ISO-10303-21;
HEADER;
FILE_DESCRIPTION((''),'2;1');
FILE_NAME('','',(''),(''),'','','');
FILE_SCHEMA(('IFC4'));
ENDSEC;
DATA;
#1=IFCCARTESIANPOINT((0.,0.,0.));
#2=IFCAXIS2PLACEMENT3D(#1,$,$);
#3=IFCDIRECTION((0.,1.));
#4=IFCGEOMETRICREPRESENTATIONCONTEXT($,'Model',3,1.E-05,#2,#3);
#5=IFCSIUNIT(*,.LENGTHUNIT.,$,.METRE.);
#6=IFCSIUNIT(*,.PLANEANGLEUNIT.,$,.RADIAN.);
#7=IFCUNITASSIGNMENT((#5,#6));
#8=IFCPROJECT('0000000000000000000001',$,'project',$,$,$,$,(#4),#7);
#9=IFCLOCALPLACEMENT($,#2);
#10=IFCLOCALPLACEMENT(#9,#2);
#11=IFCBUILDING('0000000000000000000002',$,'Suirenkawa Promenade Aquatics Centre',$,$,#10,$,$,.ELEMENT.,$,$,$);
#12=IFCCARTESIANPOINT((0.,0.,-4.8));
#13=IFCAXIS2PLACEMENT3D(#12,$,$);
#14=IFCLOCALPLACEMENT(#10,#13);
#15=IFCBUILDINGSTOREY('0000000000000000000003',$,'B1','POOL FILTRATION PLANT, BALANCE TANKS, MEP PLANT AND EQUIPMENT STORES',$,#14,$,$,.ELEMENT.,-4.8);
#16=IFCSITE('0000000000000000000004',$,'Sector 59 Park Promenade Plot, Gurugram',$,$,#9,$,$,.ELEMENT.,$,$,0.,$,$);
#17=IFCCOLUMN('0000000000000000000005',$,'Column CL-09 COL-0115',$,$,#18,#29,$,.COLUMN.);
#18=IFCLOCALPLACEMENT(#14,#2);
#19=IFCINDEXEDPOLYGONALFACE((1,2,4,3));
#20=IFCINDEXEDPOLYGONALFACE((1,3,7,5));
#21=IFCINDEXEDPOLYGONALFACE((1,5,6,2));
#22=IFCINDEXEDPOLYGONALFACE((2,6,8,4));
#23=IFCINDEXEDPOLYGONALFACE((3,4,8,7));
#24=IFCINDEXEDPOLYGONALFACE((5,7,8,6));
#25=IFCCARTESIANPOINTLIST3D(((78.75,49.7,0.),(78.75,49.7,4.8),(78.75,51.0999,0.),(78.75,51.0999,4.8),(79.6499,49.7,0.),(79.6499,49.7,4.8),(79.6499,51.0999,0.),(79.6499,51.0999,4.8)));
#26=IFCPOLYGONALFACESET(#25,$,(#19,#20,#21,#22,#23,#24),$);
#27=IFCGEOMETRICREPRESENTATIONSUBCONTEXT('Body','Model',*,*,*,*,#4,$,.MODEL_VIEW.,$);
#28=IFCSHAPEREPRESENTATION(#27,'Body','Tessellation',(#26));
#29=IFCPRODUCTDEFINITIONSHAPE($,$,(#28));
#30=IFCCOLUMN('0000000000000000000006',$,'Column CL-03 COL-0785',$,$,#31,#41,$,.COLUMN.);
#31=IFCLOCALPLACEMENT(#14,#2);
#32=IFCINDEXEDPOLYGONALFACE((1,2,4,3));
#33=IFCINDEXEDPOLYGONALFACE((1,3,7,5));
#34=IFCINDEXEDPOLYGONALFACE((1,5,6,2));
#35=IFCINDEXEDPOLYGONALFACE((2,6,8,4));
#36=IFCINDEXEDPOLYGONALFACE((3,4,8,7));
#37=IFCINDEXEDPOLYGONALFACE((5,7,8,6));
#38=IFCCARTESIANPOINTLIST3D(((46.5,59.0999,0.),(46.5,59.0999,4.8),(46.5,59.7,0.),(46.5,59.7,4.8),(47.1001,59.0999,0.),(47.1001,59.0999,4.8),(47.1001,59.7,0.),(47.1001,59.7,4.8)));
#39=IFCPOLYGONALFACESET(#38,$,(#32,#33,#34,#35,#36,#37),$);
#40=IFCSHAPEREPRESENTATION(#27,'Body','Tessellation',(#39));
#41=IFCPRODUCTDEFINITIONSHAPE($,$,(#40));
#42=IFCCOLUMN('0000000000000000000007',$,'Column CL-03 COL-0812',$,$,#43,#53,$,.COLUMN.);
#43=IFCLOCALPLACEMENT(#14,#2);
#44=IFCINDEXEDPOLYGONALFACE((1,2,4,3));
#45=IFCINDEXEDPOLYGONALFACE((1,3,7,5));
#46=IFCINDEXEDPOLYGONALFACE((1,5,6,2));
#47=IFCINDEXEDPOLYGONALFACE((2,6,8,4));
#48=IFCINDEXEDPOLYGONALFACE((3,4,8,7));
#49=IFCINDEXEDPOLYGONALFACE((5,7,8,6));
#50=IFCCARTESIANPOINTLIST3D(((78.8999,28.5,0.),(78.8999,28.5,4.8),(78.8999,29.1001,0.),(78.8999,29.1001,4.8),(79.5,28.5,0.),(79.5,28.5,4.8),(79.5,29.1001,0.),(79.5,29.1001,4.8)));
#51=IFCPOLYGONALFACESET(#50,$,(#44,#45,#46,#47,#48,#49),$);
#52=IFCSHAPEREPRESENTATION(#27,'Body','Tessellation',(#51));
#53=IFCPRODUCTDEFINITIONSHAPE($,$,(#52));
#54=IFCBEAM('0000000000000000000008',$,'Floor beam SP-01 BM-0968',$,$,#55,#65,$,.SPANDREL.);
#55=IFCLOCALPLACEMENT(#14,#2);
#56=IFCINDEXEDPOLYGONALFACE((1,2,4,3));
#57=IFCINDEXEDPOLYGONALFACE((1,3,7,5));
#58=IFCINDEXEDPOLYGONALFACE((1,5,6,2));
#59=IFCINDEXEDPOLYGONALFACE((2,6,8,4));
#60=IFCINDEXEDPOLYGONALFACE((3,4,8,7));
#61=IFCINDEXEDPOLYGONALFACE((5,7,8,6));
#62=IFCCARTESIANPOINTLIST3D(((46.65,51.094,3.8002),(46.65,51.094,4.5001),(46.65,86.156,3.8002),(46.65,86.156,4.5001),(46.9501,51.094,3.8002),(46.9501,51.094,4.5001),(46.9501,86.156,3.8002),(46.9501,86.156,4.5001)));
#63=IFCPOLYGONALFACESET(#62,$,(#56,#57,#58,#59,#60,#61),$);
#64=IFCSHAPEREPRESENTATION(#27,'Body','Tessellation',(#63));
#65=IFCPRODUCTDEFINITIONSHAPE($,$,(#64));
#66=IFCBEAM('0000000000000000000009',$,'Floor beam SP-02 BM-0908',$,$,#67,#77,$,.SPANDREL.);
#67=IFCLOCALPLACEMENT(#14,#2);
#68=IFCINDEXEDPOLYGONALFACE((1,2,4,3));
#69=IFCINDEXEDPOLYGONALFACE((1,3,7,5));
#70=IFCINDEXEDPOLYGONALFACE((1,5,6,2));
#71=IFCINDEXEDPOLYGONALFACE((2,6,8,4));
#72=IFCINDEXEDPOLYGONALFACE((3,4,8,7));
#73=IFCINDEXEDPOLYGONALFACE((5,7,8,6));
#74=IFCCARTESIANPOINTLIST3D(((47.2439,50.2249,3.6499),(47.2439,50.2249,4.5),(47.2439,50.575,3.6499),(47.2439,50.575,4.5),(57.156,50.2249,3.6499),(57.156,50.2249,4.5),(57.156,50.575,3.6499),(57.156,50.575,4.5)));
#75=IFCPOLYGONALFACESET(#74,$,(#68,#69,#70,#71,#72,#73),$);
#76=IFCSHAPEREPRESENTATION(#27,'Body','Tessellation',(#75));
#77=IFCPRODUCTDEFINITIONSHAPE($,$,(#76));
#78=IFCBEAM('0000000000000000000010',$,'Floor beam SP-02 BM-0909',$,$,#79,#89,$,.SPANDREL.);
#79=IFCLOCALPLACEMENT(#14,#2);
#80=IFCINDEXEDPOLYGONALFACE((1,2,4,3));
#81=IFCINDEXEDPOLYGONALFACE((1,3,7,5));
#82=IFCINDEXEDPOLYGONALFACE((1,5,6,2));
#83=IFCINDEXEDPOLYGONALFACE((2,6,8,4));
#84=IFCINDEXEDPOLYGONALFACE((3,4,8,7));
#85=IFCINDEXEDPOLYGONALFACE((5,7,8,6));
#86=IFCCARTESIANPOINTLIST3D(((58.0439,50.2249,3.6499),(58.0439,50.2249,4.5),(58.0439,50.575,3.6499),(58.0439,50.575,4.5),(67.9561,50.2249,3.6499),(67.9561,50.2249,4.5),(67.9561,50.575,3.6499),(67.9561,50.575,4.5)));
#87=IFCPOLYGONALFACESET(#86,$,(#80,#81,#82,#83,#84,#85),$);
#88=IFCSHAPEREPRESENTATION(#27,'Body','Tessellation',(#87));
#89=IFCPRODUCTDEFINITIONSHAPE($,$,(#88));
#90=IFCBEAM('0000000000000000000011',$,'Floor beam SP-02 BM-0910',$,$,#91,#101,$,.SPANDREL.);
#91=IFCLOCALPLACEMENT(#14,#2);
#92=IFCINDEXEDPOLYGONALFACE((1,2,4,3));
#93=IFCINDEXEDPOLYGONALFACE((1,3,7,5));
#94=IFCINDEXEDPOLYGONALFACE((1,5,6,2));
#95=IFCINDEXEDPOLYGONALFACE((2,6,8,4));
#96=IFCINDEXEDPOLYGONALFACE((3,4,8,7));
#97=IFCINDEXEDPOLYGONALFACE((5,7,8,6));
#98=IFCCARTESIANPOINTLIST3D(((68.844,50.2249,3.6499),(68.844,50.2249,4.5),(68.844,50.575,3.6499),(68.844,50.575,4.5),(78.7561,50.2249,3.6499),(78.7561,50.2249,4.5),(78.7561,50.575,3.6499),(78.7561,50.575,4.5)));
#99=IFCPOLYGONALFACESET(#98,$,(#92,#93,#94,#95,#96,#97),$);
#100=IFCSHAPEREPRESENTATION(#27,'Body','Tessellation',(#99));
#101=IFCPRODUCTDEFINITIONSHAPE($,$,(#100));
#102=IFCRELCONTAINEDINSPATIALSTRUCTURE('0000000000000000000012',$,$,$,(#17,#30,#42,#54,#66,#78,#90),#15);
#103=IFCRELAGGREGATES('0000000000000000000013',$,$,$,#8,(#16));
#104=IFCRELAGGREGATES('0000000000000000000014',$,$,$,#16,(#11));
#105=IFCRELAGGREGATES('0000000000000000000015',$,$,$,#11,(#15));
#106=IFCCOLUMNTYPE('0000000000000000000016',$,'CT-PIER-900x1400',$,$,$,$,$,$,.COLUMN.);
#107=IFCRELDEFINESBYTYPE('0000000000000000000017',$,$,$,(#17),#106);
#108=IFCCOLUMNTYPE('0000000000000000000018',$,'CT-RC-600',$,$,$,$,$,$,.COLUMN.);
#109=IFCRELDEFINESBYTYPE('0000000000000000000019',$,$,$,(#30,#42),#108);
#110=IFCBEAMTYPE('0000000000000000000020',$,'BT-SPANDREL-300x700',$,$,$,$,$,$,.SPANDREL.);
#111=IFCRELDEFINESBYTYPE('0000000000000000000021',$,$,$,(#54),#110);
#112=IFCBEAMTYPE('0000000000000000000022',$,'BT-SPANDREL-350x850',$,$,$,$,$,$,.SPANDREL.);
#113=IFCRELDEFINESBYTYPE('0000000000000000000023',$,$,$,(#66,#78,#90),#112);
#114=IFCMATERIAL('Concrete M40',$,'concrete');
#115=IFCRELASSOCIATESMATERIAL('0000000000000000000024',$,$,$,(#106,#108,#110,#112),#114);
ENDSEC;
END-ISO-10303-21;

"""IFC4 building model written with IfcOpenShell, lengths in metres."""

from ifc_helpers import new_model, si_unit, direction, frame, origin, origin_2d, place, context, subcontext, project, spatial, rectangle, extrude, material, material_profile, profile_set, type_object, element, save


model = new_model("IFC4")

# Units and contexts
model_context = context("Model", 3, precision=1e-05, world=origin(), true_north=direction((0.0, 1.0)))
body_context = subcontext(model_context, "Body", "Model", "MODEL_VIEW")
ifc_project = project(units=[si_unit("LENGTHUNIT", "METRE"), si_unit("PLANEANGLEUNIT", "RADIAN")], contexts=[model_context])

# Site, building, storey
site_placement = place(None, origin())
site = spatial("IfcSite", under=ifc_project, at=site_placement, Name="Sector 59 Park Promenade Plot, Gurugram", CompositionType="ELEMENT", RefElevation=0.0)
building_placement = place(site_placement, origin())
building = spatial("IfcBuilding", under=site, at=building_placement, Name="Suirenkawa Promenade Aquatics Centre", CompositionType="ELEMENT")
storey_placement = place(building_placement, frame((0.0, 0.0, -4.8)))
storey = spatial("IfcBuildingStorey", under=building, at=storey_placement, Name="B1", Description="POOL FILTRATION PLANT, BALANCE TANKS, MEP PLANT AND EQUIPMENT STORES", CompositionType="ELEMENT", Elevation=-4.8)

# Columns
ifc_material_1 = material(Name="Concrete M40", Category="concrete")
ifc_material_profile_1 = material_profile(ifc_material_1, rectangle(XDim=0.8999, YDim=1.3999, at=origin_2d()), Name="RC PIER 900x1400", Category="concrete")
ifc_profile_set_1 = profile_set([ifc_material_profile_1], Name="Concrete M40")
column_type_1 = type_object("IfcColumnType", Name="CT-PIER-900x1400", PredefinedType="COLUMN", material=ifc_profile_set_1)
for number, where, z_axis, x_axis, name in (
    (1, (79.2, 50.3999, 0.0), (0.0, 0.0, 1.0), (1.0, 0.0, 0.0), "Column CL-09 COL-0115"),
):
    element("IfcColumn", number, at=place(storey_placement, frame(where, z_axis=z_axis, x_axis=x_axis)), inside=storey, type_object=column_type_1, Name=name, PredefinedType="COLUMN", context=body_context, shape_type="SweptSolid", body=[
        extrude(rectangle(XDim=0.8999, YDim=1.3999, at=origin_2d()), origin(), (0.0, 0.0, 1.0), 4.8),
    ])
ifc_material_profile_2 = material_profile(ifc_material_1, rectangle(XDim=0.6001, YDim=0.6001, at=origin_2d()), Name="RC COL 600x600", Category="concrete")
ifc_profile_set_2 = profile_set([ifc_material_profile_2], Name="Concrete M40")
column_type_2 = type_object("IfcColumnType", Name="CT-RC-600", PredefinedType="COLUMN", material=ifc_profile_set_2)
for number, where, z_axis, x_axis, name in (
    (2, (46.8, 59.3999, 0.0), (0.0, 0.0, 1.0), (1.0, 0.0, 0.0), "Column CL-03 COL-0785"),
    (3, (79.2, 28.8, 0.0), (0.0, 0.0, 1.0), (1.0, 0.0, 0.0), "Column CL-03 COL-0812"),
):
    element("IfcColumn", number, at=place(storey_placement, frame(where, z_axis=z_axis, x_axis=x_axis)), inside=storey, type_object=column_type_2, Name=name, PredefinedType="COLUMN", context=body_context, shape_type="SweptSolid", body=[
        extrude(rectangle(XDim=0.6001, YDim=0.6001, at=origin_2d()), origin(), (0.0, 0.0, 1.0), 4.8),
    ])

# Beams
ifc_material_profile_3 = material_profile(ifc_material_1, rectangle(XDim=0.3, YDim=0.7, at=origin_2d()), Name="RC SPANDREL 300x700", Category="concrete")
ifc_profile_set_3 = profile_set([ifc_material_profile_3], Name="Concrete M40")
beam_type_1 = type_object("IfcBeamType", Name="BT-SPANDREL-300x700", PredefinedType="SPANDREL", material=ifc_profile_set_3)
beam_placement = place(storey_placement, frame((46.8, 51.094, 4.1501), z_axis=(0.0, 1.0, 0.0), x_axis=(-1.0, 0.0, 0.0)))
element("IfcBeam", 4, at=beam_placement, inside=storey, type_object=beam_type_1, Name="Floor beam SP-01 BM-0968", PredefinedType="SPANDREL", context=body_context, shape_type="SweptSolid", body=[
    extrude(rectangle(XDim=0.3, YDim=0.7, at=origin_2d()), origin(), (0.0, 0.0, 1.0), 35.062),
])
ifc_material_profile_4 = material_profile(ifc_material_1, rectangle(XDim=0.3501, YDim=0.8501, at=origin_2d()), Name="RC SPANDREL 350x850", Category="concrete")
ifc_profile_set_4 = profile_set([ifc_material_profile_4], Name="Concrete M40")
beam_type_2 = type_object("IfcBeamType", Name="BT-SPANDREL-350x850", PredefinedType="SPANDREL", material=ifc_profile_set_4)
for number, where, z_axis, x_axis, name in (
    (5, (47.2439, 50.3999, 4.075), (1.0, 0.0, 0.0), (0.0, 1.0, 0.0), "Floor beam SP-02 BM-0908"),
    (6, (58.0439, 50.3999, 4.075), (1.0, 0.0, 0.0), (0.0, 1.0, 0.0), "Floor beam SP-02 BM-0909"),
    (7, (68.844, 50.3999, 4.075), (1.0, 0.0, 0.0), (0.0, 1.0, 0.0), "Floor beam SP-02 BM-0910"),
):
    element("IfcBeam", number, at=place(storey_placement, frame(where, z_axis=z_axis, x_axis=x_axis)), inside=storey, type_object=beam_type_2, Name=name, PredefinedType="SPANDREL", context=body_context, shape_type="SweptSolid", body=[
        extrude(rectangle(XDim=0.3501, YDim=0.8501, at=origin_2d()), origin(), (0.0, 0.0, 1.0), 9.9121),
    ])

save(model, "model.ifc")
